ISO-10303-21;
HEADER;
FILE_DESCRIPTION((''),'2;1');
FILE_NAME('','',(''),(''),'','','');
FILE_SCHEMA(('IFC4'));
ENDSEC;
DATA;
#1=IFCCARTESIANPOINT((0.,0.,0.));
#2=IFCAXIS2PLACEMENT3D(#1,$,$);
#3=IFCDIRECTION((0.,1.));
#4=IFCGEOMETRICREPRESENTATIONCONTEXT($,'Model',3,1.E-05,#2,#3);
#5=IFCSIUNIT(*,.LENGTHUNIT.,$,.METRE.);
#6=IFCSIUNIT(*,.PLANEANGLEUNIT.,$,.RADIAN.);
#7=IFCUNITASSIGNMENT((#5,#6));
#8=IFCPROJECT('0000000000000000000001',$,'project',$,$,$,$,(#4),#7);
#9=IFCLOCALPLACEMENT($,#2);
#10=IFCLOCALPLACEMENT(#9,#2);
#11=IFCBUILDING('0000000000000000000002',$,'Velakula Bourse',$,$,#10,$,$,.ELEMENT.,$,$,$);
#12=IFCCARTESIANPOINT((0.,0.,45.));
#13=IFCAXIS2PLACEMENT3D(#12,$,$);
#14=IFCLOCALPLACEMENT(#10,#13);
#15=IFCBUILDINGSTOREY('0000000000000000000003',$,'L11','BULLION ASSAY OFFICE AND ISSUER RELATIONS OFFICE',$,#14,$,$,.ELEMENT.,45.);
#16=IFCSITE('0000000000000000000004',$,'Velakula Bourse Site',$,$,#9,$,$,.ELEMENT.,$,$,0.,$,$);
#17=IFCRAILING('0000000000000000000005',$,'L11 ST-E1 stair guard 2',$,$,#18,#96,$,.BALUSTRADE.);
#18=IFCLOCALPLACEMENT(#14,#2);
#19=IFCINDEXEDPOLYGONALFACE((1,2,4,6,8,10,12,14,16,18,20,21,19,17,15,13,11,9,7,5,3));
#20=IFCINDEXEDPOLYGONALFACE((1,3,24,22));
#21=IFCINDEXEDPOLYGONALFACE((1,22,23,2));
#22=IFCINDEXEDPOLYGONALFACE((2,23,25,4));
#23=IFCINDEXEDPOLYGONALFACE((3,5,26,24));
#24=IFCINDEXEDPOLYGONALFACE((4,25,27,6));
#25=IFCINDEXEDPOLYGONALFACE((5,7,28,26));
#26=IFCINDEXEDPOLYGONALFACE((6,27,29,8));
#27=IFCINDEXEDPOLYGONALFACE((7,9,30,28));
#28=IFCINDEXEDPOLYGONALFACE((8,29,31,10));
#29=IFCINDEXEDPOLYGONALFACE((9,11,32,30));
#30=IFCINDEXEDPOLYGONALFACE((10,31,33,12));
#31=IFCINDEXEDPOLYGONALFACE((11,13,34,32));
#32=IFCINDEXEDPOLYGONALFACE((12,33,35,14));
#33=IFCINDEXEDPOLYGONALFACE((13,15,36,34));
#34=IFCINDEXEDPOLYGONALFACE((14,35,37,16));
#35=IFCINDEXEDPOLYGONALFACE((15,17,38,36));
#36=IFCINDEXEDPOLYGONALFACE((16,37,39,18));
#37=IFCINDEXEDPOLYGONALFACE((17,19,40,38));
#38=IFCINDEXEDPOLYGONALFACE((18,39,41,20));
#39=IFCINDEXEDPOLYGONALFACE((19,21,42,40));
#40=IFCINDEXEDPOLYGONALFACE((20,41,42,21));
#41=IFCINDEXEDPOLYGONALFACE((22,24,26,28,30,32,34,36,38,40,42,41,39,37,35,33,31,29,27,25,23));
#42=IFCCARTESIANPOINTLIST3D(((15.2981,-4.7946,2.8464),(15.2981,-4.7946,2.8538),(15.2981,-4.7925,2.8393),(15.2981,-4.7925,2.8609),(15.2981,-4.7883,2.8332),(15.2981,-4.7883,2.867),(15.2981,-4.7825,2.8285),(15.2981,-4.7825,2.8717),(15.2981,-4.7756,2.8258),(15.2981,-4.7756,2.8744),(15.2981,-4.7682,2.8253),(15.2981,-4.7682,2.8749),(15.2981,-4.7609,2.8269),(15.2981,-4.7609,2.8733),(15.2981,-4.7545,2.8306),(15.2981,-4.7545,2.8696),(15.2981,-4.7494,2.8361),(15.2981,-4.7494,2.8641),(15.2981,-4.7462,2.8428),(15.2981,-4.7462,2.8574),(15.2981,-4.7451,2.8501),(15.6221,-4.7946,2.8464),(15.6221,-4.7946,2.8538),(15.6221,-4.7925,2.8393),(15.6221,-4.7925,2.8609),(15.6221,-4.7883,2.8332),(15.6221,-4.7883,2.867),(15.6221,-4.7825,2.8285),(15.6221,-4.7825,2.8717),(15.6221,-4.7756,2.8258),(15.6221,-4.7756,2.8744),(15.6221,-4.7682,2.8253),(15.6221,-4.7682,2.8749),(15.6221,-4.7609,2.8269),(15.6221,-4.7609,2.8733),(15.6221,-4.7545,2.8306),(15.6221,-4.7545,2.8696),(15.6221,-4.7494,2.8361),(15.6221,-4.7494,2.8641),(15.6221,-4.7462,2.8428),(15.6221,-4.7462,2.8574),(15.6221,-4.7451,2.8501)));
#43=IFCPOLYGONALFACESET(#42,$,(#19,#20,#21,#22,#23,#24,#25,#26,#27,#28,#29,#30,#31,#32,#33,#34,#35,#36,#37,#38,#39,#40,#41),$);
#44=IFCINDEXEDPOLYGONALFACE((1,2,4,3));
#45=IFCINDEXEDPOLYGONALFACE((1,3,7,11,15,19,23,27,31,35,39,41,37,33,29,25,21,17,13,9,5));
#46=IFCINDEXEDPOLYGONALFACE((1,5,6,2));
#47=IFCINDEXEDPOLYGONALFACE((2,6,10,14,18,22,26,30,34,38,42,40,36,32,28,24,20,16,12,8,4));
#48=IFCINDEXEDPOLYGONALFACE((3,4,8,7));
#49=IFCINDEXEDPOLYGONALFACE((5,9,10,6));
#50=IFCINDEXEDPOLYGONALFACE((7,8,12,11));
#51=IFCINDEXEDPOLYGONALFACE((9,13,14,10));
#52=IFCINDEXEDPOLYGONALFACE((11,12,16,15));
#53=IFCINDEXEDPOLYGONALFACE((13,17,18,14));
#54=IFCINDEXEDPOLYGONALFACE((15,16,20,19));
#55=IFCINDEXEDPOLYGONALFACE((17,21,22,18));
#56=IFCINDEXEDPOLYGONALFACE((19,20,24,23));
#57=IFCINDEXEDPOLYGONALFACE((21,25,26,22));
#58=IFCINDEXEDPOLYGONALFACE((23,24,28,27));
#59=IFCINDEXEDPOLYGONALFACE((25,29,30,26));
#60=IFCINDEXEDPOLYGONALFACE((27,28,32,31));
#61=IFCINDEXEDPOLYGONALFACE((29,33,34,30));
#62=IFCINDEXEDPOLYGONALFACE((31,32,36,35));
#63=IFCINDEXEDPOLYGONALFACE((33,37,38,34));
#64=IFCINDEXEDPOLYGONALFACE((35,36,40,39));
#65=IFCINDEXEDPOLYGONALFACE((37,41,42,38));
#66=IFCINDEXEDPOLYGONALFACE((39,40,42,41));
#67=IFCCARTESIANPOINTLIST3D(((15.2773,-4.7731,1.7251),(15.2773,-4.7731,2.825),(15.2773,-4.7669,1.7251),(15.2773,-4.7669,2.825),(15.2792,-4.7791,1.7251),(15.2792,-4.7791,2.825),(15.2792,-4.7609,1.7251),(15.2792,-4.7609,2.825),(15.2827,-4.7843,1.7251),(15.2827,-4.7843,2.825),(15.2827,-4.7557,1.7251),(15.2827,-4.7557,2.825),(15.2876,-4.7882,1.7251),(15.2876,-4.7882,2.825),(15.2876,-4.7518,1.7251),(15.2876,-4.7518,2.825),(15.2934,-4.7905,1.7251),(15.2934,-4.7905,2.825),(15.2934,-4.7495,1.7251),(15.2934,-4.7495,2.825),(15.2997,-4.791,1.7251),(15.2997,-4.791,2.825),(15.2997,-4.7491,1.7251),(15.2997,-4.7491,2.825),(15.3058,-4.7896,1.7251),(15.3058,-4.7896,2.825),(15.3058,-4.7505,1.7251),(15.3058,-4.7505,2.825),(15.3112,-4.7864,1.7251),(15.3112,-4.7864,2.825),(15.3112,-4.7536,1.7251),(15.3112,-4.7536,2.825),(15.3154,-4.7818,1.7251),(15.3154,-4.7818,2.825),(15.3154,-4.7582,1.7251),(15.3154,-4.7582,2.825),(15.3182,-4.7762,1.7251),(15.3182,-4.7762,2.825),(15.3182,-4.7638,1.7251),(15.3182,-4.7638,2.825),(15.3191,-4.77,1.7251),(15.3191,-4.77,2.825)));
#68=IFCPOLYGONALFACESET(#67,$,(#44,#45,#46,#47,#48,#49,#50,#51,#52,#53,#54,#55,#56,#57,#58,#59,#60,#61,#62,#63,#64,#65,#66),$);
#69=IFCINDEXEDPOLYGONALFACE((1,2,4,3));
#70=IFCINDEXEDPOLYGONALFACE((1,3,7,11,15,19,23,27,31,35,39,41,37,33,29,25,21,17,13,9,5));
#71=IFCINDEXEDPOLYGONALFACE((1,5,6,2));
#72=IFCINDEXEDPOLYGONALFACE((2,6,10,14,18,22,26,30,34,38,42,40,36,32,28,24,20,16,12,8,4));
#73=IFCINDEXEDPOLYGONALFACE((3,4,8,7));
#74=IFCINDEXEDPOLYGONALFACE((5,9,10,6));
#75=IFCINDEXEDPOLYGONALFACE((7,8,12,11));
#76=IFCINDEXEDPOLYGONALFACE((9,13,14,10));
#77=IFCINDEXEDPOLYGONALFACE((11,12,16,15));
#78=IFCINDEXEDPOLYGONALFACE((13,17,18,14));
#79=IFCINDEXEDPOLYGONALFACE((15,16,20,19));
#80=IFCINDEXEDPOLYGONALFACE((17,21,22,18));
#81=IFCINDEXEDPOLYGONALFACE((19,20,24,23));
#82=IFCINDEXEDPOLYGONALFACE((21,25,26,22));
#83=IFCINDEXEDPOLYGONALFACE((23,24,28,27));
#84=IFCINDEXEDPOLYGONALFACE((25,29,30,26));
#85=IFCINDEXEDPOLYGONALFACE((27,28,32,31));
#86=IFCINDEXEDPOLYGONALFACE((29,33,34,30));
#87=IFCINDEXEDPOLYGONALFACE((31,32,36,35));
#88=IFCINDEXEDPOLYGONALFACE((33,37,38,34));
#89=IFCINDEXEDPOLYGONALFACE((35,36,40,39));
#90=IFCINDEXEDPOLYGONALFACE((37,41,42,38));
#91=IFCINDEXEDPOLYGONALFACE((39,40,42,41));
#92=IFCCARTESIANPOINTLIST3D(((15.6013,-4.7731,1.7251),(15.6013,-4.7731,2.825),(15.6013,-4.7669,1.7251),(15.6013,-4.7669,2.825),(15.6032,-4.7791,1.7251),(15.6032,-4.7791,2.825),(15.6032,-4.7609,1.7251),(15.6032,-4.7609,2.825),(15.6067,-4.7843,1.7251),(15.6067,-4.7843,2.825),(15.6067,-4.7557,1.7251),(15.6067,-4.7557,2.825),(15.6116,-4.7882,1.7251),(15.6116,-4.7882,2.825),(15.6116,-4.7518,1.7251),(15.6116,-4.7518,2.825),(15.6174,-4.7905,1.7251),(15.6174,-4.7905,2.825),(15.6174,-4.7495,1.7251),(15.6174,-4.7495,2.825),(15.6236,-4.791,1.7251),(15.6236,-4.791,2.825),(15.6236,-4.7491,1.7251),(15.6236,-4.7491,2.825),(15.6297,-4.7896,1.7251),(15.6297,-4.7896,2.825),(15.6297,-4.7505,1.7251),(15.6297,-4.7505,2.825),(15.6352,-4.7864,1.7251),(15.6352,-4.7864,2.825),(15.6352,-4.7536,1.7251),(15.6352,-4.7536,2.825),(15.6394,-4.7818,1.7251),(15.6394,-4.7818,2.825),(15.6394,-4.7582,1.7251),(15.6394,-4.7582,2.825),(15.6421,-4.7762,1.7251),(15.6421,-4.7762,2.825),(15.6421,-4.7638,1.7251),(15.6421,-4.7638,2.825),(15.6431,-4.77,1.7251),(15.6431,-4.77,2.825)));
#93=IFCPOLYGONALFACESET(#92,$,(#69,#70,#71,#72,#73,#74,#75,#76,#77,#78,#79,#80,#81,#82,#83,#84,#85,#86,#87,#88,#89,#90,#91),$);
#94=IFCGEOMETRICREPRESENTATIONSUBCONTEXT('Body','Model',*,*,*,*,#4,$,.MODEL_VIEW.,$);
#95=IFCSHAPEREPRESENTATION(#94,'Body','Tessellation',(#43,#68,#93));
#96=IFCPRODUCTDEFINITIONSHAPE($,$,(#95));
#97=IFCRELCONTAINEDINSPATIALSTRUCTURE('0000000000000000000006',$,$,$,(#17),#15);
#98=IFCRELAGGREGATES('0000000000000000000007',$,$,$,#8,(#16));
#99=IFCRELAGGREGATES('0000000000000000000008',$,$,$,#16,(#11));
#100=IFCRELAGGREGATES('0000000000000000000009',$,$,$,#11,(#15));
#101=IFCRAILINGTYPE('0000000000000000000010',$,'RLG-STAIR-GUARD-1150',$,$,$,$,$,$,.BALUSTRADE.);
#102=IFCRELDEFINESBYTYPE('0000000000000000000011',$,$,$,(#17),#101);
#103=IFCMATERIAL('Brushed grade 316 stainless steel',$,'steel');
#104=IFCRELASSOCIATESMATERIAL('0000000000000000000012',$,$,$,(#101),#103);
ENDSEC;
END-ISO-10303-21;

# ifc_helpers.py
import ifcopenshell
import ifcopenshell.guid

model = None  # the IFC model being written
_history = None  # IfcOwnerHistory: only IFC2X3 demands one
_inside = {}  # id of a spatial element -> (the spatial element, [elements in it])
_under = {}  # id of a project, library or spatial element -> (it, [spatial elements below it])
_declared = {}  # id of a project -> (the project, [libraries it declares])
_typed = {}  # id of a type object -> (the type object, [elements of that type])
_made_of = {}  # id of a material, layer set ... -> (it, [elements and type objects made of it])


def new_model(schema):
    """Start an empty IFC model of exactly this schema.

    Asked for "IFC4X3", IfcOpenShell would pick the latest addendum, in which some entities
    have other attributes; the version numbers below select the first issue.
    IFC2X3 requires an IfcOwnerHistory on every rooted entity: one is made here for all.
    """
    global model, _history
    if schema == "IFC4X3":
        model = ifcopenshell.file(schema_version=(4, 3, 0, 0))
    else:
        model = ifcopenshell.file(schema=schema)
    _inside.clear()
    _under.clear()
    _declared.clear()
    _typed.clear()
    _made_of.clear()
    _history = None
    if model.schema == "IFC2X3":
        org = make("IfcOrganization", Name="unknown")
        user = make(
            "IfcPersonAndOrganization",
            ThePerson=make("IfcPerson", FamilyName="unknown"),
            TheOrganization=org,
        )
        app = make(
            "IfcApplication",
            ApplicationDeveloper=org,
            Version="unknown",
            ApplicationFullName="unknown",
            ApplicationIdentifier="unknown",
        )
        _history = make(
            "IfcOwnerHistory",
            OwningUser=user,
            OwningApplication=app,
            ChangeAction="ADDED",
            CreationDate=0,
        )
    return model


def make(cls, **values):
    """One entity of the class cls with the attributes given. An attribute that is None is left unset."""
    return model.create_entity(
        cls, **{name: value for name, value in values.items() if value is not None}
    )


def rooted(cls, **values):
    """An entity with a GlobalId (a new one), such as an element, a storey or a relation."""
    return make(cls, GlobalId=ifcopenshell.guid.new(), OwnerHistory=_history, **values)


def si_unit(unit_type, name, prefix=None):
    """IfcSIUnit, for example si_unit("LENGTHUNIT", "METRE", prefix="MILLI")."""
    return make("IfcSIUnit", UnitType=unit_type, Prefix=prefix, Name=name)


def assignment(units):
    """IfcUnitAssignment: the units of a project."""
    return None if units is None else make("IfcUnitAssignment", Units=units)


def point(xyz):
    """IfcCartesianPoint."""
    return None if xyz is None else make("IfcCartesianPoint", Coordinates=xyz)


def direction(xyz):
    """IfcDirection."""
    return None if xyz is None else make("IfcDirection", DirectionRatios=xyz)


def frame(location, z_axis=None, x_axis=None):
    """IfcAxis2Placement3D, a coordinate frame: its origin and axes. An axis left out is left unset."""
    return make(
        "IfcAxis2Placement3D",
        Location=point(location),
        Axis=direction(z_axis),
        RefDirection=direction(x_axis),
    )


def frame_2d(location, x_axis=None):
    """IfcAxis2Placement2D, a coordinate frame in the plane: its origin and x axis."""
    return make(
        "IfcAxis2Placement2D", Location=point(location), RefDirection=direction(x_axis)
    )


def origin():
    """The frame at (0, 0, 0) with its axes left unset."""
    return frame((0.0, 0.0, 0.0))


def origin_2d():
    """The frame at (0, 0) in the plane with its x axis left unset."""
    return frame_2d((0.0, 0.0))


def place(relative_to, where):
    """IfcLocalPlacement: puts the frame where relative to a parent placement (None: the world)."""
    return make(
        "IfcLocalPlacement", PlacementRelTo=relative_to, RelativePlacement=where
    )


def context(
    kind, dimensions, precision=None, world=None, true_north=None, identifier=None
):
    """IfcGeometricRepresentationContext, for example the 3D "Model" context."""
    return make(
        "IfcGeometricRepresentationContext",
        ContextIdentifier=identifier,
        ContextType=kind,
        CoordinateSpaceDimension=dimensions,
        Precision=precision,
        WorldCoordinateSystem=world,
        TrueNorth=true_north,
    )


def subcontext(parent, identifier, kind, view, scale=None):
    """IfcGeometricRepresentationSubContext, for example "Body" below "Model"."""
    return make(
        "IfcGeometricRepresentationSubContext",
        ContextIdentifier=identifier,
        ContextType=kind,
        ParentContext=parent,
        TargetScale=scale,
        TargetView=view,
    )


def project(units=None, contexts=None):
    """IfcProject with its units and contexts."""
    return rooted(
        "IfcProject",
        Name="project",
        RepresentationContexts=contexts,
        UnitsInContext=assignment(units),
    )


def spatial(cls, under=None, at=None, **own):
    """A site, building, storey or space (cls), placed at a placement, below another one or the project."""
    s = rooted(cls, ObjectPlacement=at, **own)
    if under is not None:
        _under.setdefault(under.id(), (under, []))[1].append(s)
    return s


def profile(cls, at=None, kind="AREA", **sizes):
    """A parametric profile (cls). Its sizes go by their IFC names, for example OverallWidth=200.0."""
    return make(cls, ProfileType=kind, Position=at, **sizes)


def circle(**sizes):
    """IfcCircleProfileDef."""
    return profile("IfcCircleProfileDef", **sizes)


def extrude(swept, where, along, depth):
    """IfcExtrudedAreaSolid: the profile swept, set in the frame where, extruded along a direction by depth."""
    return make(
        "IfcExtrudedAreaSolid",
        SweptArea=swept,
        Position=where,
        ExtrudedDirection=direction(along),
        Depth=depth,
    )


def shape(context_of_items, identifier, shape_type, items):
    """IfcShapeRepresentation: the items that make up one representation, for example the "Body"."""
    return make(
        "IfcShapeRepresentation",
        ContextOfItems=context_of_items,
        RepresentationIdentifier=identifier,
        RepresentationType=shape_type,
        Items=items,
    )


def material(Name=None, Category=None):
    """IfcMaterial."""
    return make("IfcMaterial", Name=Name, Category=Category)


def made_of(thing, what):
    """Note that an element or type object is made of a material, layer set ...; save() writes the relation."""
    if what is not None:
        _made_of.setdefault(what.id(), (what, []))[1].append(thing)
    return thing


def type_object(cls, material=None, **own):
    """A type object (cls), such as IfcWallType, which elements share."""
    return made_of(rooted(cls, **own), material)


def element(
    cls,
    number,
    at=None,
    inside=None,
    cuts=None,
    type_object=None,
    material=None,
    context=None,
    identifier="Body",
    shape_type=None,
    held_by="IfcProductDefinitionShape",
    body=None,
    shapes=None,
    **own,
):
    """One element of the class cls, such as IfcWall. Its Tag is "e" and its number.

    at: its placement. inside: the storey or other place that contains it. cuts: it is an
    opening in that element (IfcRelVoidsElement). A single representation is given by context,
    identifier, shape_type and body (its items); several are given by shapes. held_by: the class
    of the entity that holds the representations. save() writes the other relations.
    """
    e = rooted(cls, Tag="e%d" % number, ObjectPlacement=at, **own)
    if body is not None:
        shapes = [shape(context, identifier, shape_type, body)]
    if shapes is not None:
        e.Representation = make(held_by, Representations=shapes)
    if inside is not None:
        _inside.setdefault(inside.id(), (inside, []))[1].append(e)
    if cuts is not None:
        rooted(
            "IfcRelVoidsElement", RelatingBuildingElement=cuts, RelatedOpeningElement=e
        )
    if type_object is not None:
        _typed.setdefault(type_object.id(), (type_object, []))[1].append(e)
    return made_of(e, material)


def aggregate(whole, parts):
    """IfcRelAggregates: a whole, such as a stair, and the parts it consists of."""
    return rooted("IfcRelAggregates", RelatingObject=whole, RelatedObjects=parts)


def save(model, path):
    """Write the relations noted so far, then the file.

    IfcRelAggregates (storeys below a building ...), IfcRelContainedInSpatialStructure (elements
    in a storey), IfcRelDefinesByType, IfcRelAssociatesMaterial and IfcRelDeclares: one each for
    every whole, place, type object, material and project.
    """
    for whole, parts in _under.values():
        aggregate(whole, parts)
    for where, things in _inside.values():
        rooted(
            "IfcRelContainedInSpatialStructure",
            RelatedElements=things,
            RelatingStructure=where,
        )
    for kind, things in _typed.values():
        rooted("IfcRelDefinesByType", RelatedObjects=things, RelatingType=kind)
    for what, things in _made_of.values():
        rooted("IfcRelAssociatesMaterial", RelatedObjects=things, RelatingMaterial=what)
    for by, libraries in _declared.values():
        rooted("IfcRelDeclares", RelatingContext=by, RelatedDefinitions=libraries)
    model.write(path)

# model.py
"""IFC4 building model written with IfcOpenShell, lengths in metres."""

from ifc_helpers import new_model, si_unit, direction, frame, origin, origin_2d, place, context, subcontext, project, spatial, circle, extrude, material, type_object, element, save


model = new_model("IFC4")

# Units and contexts
model_context = context("Model", 3, precision=1e-05, world=origin(), true_north=direction((0.0, 1.0)))
body_context = subcontext(model_context, "Body", "Model", "MODEL_VIEW")
ifc_project = project(units=[si_unit("LENGTHUNIT", "METRE"), si_unit("PLANEANGLEUNIT", "RADIAN")], contexts=[model_context])

# Site, building, storey
site_placement = place(None, origin())
site = spatial("IfcSite", under=ifc_project, at=site_placement, Name="Velakula Bourse Site", CompositionType="ELEMENT", RefElevation=0.0)
building_placement = place(site_placement, origin())
building = spatial("IfcBuilding", under=site, at=building_placement, Name="Velakula Bourse", CompositionType="ELEMENT")
storey_placement = place(building_placement, frame((0.0, 0.0, 45.0)))
storey = spatial("IfcBuildingStorey", under=building, at=storey_placement, Name="L11", Description="BULLION ASSAY OFFICE AND ISSUER RELATIONS OFFICE", CompositionType="ELEMENT", Elevation=45.0)

# Shared definitions
ifc_material_1 = material(Name="Brushed grade 316 stainless steel", Category="steel")

# Railing
railing_type_1 = type_object("IfcRailingType", Name="RLG-STAIR-GUARD-1150", PredefinedType="BALUSTRADE", material=ifc_material_1)
railing_1_placement = place(storey_placement, frame((15.2981, -4.77, 1.7251)))
element("IfcRailing", 1, at=railing_1_placement, inside=storey, type_object=railing_type_1, Name="L11 ST-E1 stair guard 2", PredefinedType="BALUSTRADE", context=body_context, shape_type="SweptSolid", body=[
    extrude(circle(Radius=0.0249, at=origin_2d()), frame((0.0, 0.0, 1.125), z_axis=(1.0, 0.0, 0.0), x_axis=(0.0, 1.0, 0.0)), (0.0, 0.0, 1.0), 0.324),
    extrude(circle(Radius=0.021, at=origin_2d()), origin(), (0.0, 0.0, 1.0), 1.0999),
    extrude(circle(Radius=0.021, at=origin_2d()), frame((0.324, 0.0, 0.0)), (0.0, 0.0, 1.0), 1.0999),
])

save(model, "model.ifc")
